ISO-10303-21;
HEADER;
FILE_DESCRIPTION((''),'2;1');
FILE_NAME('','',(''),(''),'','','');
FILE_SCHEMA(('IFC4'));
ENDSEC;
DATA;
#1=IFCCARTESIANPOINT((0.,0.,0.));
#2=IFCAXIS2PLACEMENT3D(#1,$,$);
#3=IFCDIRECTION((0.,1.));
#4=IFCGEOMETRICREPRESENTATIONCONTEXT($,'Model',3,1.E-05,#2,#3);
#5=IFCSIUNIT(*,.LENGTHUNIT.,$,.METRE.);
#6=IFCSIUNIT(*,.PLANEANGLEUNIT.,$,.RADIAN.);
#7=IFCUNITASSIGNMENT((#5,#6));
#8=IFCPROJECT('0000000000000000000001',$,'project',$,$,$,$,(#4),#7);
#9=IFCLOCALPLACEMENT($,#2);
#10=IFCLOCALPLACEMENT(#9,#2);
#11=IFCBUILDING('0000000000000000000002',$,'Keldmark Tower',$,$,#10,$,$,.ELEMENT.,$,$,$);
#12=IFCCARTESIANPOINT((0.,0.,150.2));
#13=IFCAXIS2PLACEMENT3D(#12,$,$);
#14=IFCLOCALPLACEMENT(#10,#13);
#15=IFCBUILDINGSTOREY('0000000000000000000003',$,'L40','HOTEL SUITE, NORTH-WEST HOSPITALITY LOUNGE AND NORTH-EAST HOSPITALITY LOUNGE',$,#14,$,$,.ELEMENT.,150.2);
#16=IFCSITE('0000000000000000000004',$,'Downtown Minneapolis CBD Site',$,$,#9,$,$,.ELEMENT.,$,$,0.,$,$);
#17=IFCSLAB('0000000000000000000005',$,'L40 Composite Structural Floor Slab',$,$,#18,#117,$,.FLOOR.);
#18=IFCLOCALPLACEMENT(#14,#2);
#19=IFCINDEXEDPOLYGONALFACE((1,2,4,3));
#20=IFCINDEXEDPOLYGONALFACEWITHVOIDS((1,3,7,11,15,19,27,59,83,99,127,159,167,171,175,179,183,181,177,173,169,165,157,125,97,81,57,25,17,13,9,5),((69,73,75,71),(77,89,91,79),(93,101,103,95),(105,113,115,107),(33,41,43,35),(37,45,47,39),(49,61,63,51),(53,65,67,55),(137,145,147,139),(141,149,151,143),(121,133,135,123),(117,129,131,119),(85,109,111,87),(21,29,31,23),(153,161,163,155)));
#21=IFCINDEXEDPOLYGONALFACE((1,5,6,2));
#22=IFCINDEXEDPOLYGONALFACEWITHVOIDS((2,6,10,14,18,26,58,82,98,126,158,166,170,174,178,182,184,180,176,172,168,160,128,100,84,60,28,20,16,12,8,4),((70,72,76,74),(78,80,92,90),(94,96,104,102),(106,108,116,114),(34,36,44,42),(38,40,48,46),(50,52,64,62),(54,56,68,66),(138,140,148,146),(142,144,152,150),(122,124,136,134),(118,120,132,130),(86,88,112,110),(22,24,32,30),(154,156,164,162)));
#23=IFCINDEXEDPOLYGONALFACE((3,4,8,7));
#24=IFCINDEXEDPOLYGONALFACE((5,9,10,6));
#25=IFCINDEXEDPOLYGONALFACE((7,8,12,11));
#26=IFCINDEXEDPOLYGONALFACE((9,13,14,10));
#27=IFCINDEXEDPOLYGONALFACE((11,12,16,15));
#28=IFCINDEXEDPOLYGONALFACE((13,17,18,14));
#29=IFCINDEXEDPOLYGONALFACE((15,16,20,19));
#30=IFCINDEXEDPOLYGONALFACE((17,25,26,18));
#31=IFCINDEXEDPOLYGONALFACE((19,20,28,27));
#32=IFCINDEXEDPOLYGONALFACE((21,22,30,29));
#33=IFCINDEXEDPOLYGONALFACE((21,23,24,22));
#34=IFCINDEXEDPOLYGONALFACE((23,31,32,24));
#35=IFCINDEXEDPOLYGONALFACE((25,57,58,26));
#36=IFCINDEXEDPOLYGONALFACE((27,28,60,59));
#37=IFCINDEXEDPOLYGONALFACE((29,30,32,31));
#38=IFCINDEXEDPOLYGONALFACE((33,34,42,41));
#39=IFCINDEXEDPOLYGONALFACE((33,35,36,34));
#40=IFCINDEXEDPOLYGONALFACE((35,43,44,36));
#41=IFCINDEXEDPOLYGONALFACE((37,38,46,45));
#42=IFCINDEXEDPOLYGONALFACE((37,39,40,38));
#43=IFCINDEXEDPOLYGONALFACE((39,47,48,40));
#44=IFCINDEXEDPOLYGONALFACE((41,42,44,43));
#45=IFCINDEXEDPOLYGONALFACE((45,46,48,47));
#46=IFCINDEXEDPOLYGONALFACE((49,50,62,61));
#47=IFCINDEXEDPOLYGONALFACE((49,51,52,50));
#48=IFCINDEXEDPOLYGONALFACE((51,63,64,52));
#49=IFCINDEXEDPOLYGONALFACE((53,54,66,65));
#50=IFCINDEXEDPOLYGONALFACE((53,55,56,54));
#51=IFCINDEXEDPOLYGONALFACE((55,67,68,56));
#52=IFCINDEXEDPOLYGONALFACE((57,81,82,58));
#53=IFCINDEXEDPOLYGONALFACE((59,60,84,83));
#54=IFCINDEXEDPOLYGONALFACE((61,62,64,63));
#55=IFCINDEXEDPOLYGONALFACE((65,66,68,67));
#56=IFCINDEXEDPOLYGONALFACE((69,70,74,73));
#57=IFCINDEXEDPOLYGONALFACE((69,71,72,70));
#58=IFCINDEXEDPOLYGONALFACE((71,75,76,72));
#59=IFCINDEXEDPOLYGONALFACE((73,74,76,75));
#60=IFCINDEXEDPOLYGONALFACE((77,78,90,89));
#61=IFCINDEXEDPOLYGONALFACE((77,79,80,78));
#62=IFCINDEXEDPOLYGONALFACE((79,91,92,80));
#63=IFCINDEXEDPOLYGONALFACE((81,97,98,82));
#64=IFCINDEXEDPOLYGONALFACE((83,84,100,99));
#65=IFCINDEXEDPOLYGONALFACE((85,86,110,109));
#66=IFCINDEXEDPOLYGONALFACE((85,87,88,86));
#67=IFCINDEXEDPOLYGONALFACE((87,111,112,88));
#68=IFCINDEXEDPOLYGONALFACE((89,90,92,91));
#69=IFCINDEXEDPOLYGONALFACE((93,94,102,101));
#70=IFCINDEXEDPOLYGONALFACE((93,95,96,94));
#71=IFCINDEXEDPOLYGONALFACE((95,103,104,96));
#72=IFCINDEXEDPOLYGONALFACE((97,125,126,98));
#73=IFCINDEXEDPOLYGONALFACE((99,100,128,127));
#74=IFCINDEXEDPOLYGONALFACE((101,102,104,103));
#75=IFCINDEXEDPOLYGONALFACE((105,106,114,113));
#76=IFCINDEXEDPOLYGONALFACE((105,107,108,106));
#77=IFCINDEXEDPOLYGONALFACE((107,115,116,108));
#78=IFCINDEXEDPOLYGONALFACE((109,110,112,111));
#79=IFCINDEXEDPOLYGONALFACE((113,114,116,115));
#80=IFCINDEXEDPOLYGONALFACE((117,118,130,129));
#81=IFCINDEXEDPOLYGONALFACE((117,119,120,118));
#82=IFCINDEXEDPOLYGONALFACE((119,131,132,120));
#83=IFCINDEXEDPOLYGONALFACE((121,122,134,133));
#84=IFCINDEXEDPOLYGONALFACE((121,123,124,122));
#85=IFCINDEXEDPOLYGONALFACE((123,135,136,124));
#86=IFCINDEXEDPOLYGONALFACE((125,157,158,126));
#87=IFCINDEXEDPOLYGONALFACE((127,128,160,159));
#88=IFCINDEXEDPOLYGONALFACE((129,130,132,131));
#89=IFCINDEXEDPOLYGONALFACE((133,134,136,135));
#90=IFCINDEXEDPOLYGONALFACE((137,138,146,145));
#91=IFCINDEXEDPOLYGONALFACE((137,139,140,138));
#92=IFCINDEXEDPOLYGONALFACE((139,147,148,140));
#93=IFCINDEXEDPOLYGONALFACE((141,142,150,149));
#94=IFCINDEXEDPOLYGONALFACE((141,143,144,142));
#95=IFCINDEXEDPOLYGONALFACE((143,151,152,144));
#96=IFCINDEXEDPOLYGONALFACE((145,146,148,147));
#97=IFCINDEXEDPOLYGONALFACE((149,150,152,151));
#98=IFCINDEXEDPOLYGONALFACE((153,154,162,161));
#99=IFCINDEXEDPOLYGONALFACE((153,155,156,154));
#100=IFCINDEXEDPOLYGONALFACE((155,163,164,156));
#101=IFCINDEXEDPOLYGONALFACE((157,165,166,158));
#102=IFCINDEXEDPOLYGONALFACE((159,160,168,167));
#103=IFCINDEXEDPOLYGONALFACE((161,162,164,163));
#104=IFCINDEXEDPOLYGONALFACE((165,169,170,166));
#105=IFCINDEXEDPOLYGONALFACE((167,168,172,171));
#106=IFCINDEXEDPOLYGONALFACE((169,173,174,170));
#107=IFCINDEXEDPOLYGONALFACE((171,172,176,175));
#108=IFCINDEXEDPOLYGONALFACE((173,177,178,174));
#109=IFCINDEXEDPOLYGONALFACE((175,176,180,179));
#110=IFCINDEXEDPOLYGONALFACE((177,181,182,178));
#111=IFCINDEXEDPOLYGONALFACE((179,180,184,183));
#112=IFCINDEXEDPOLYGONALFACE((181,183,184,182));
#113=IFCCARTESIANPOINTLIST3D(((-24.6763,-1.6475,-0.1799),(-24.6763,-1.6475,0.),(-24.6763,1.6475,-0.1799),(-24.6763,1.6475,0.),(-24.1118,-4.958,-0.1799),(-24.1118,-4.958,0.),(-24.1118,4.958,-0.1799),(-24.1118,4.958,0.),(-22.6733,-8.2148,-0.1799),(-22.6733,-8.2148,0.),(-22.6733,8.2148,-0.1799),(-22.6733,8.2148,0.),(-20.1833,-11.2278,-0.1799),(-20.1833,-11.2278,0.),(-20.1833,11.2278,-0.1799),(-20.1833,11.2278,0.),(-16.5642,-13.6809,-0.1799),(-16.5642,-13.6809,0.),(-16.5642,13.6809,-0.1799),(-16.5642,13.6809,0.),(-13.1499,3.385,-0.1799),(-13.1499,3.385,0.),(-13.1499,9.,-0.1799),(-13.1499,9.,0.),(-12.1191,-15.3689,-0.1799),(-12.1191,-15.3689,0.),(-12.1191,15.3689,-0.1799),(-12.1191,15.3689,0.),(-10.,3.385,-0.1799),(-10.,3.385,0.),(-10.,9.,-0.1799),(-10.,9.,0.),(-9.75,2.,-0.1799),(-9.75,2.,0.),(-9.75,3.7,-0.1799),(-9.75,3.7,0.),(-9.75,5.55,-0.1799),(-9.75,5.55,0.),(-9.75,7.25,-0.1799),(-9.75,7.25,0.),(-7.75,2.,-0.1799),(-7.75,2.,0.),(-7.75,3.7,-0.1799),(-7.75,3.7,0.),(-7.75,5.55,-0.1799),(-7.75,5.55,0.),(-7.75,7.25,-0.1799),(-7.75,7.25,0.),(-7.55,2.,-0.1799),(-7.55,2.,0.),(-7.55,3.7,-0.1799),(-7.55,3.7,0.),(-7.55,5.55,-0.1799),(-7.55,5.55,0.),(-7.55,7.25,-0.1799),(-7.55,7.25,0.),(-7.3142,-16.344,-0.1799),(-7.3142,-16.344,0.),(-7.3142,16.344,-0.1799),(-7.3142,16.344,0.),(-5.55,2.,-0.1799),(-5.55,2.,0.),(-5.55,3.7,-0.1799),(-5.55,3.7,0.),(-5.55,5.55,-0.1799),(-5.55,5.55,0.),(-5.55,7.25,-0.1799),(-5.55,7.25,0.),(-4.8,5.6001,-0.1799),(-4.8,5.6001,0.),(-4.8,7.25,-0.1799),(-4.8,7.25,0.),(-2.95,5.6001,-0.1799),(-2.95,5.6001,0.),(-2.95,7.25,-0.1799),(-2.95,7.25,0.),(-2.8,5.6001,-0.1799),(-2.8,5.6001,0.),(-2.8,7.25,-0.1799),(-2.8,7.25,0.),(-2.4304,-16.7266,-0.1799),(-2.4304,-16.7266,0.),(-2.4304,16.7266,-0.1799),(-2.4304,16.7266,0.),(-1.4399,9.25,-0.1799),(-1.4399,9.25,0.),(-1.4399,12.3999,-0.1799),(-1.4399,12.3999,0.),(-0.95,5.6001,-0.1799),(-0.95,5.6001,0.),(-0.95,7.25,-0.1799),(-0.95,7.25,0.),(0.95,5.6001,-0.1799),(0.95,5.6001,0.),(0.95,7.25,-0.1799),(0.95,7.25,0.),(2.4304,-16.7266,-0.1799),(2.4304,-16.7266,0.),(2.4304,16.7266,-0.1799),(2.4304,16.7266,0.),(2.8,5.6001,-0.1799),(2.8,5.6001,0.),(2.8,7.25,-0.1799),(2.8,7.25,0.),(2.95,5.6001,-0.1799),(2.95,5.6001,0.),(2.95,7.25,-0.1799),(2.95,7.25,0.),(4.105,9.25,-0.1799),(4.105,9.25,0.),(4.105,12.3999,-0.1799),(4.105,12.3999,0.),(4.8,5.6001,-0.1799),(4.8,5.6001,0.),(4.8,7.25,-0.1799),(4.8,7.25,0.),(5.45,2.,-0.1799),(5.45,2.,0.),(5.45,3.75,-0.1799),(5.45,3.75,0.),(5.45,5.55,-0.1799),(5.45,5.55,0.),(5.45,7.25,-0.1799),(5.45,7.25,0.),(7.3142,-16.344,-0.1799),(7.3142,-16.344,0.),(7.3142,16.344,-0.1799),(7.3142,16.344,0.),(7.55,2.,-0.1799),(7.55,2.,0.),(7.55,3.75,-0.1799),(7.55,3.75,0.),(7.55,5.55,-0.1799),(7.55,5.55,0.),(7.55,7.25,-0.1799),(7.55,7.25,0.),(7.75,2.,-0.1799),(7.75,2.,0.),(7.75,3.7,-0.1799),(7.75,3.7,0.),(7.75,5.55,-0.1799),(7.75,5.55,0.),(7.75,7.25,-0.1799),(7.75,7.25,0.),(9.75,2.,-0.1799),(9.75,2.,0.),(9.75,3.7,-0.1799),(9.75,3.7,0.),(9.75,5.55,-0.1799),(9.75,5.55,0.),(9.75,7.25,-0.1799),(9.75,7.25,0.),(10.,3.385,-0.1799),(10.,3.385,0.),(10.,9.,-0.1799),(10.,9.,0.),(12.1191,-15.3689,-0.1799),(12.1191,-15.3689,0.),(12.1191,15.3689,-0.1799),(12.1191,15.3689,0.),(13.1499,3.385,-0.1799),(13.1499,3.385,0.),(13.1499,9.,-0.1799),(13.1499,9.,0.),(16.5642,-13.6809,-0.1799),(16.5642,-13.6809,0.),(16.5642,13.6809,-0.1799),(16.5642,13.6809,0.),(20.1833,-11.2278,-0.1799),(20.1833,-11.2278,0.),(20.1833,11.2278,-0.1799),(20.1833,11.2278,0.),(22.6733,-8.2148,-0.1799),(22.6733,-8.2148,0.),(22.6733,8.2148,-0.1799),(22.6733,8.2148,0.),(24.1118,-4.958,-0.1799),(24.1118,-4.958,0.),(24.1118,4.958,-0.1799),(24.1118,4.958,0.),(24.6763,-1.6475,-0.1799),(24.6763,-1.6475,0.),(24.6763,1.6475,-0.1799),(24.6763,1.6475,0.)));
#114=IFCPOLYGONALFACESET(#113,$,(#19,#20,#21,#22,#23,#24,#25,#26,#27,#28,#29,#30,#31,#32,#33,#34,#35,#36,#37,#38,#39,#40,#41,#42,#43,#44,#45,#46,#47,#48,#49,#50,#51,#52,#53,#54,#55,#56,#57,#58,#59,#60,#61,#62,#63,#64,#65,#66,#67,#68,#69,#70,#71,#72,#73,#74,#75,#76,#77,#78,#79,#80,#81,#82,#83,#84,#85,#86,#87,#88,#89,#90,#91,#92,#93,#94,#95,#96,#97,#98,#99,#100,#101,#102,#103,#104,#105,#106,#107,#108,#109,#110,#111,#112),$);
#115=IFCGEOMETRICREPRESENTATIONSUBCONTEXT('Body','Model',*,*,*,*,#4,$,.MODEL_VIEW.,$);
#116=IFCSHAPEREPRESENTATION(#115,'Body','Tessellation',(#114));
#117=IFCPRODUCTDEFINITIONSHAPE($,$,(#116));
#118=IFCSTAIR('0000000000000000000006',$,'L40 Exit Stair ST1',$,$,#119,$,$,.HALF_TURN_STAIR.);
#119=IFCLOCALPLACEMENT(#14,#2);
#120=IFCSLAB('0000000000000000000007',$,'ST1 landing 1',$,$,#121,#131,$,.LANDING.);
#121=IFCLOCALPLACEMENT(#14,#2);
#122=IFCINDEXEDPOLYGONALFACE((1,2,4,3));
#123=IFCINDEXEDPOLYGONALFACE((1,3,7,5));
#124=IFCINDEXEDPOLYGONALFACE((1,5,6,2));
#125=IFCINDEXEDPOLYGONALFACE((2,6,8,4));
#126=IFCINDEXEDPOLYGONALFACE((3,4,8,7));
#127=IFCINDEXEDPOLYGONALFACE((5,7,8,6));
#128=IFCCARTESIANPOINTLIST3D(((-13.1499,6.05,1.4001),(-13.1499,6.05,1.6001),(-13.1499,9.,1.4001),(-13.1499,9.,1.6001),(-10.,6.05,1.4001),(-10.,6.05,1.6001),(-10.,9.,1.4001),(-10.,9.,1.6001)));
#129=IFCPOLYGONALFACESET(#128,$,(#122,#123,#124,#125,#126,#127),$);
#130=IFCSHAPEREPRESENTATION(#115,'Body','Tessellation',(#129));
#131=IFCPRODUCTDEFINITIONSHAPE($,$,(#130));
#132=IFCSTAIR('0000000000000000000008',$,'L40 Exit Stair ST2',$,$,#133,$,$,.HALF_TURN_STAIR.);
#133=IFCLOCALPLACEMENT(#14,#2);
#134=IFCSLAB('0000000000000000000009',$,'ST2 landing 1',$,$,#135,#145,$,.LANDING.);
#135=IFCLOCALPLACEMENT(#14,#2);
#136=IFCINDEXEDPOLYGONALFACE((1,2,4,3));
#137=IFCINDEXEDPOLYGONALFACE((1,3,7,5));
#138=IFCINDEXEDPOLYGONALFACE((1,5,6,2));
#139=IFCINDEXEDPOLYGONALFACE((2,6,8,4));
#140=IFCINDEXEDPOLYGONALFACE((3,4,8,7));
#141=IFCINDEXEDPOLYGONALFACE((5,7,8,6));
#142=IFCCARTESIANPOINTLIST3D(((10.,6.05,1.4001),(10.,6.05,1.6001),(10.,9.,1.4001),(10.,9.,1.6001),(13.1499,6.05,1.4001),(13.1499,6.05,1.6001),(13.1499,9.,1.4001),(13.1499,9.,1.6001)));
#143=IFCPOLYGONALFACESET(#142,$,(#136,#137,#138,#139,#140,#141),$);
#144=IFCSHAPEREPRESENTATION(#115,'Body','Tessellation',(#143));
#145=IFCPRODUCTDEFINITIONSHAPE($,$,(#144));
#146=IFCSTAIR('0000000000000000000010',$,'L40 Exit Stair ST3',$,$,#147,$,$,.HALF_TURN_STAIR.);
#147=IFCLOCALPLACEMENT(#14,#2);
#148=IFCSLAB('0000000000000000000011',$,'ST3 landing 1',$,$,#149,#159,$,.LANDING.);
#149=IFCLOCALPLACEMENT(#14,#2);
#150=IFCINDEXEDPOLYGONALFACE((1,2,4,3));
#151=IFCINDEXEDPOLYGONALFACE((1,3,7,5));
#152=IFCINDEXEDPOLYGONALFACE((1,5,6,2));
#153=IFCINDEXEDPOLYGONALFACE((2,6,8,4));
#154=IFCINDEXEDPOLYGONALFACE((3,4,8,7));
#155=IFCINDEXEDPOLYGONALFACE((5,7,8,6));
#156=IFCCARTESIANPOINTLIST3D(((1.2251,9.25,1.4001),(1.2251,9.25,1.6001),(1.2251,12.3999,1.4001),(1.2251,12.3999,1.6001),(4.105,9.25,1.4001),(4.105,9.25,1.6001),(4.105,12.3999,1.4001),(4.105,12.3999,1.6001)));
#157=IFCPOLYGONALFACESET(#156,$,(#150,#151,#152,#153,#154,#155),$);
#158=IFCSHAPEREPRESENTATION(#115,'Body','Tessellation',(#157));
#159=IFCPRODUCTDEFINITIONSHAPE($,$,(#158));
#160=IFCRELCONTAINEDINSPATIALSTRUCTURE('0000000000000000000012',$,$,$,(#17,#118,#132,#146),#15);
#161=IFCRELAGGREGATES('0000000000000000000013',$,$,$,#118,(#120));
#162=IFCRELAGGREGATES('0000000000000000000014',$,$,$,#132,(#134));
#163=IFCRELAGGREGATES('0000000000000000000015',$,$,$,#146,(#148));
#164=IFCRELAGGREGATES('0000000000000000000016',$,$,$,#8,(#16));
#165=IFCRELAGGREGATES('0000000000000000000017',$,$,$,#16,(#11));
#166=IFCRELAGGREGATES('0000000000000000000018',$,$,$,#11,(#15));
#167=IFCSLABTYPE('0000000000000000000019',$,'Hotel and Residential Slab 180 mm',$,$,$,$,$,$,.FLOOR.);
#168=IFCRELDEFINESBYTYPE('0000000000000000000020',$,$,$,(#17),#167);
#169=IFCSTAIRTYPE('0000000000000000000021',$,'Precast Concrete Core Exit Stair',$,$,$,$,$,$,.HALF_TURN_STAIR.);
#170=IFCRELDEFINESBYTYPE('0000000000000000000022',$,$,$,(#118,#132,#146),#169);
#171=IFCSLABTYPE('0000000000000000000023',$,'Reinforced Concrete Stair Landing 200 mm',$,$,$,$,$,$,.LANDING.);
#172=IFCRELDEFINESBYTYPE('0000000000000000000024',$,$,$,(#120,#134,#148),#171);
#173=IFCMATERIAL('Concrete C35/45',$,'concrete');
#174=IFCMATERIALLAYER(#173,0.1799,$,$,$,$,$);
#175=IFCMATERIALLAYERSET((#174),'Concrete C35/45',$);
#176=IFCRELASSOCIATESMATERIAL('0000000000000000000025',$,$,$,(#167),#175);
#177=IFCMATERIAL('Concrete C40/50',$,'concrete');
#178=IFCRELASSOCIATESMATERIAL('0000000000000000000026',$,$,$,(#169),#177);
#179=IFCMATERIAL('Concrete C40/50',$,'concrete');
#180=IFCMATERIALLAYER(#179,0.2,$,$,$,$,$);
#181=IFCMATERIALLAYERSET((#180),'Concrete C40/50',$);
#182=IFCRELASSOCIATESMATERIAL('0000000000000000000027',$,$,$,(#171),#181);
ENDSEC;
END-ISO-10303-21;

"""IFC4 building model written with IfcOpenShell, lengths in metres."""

from ifc_helpers import new_model, si_unit, direction, frame, origin, place, context, subcontext, project, spatial, polyline, outline, extrude, material, layer, layer_set, type_object, element, aggregate, save


model = new_model("IFC4")

# Units and contexts
model_context = context("Model", 3, precision=1e-05, world=origin(), true_north=direction((0.0, 1.0)))
body_context = subcontext(model_context, "Body", "Model", "MODEL_VIEW")
ifc_project = project(units=[si_unit("LENGTHUNIT", "METRE"), si_unit("PLANEANGLEUNIT", "RADIAN")], contexts=[model_context])

# Site, building, storey
site_placement = place(None, origin())
site = spatial("IfcSite", under=ifc_project, at=site_placement, Name="Downtown Minneapolis CBD Site", CompositionType="ELEMENT", RefElevation=0.0)
building_placement = place(site_placement, origin())
building = spatial("IfcBuilding", under=site, at=building_placement, Name="Keldmark Tower", CompositionType="ELEMENT")
storey_placement = place(building_placement, frame((0.0, 0.0, 150.2)))
storey = spatial("IfcBuildingStorey", under=building, at=storey_placement, Name="L40", Description="HOTEL SUITE, NORTH-WEST HOSPITALITY LOUNGE AND NORTH-EAST HOSPITALITY LOUNGE", CompositionType="ELEMENT", Elevation=150.2)

# Slab
ifc_material_1 = material(Name="Concrete C35/45", Category="concrete")
ifc_layer_1 = layer(ifc_material_1, 0.1799)
ifc_layer_set_1 = layer_set([ifc_layer_1], Name="Concrete C35/45")
slab_type_1 = type_object("IfcSlabType", Name="Hotel and Residential Slab 180 mm", PredefinedType="FLOOR", material=ifc_layer_set_1)
slab_1_placement = place(storey_placement, frame((0.0, 0.0, -0.1799)))
element("IfcSlab", 1, at=slab_1_placement, inside=storey, type_object=slab_type_1, Name="L40 Composite Structural Floor Slab", PredefinedType="FLOOR", context=body_context, shape_type="SweptSolid", body=[
    extrude(outline(polyline([(24.6763, 1.6475), (24.1118, 4.958), (22.6733, 8.2148), (20.1833, 11.2278), (16.5642, 13.6809), (12.1191, 15.3689), (7.3142, 16.344), (2.4304, 16.7266), (-2.4304, 16.7266), (-7.3142, 16.344), (-12.1191, 15.3689), (-16.5642, 13.6809), (-20.1833, 11.2278), (-22.6733, 8.2148), (-24.1118, 4.958), (-24.6763, 1.6475), (-24.6763, -1.6475), (-24.1118, -4.958), (-22.6733, -8.2148), (-20.1833, -11.2278), (-16.5642, -13.6809), (-12.1191, -15.3689), (-7.3142, -16.344), (-2.4304, -16.7266), (2.4304, -16.7266), (7.3142, -16.344), (12.1191, -15.3689), (16.5642, -13.6809), (20.1833, -11.2278), (22.6733, -8.2148), (24.1118, -4.958), (24.6763, -1.6475), (24.6763, 1.6475)]), holes=[polyline([(-10.0, 3.385), (-10.0, 9.0), (-13.1499, 9.0), (-13.1499, 3.385), (-10.0, 3.385)]), polyline([(13.1499, 3.385), (13.1499, 9.0), (10.0, 9.0), (10.0, 3.385), (13.1499, 3.385)]), polyline([(-1.4399, 9.25), (4.105, 9.25), (4.105, 12.3999), (-1.4399, 12.3999), (-1.4399, 9.25)]), polyline([(-9.75, 2.0), (-7.75, 2.0), (-7.75, 3.7), (-9.75, 3.7), (-9.75, 2.0)]), polyline([(7.75, 2.0), (9.75, 2.0), (9.75, 3.7), (7.75, 3.7), (7.75, 2.0)]), polyline([(5.45, 2.0), (7.55, 2.0), (7.55, 3.75), (5.45, 3.75), (5.45, 2.0)]), polyline([(-4.8, 5.6001), (-2.95, 5.6001), (-2.95, 7.25), (-4.8, 7.25), (-4.8, 5.6001)]), polyline([(-2.8, 5.6001), (-0.95, 5.6001), (-0.95, 7.25), (-2.8, 7.25), (-2.8, 5.6001)]), polyline([(0.95, 5.6001), (2.8, 5.6001), (2.8, 7.25), (0.95, 7.25), (0.95, 5.6001)]), polyline([(2.95, 5.6001), (4.8, 5.6001), (4.8, 7.25), (2.95, 7.25), (2.95, 5.6001)]), polyline([(-9.75, 5.55), (-7.75, 5.55), (-7.75, 7.25), (-9.75, 7.25), (-9.75, 5.55)]), polyline([(-7.55, 5.55), (-5.55, 5.55), (-5.55, 7.25), (-7.55, 7.25), (-7.55, 5.55)]), polyline([(-7.55, 2.0), (-5.55, 2.0), (-5.55, 3.7), (-7.55, 3.7), (-7.55, 2.0)]), polyline([(5.45, 5.55), (7.55, 5.55), (7.55, 7.25), (5.45, 7.25), (5.45, 5.55)]), polyline([(7.75, 5.55), (9.75, 5.55), (9.75, 7.25), (7.75, 7.25), (7.75, 5.55)])]), origin(), (0.0, 0.0, 1.0), 0.1799),
])

# Stairs, slabs
ifc_material_2 = material(Name="Concrete C40/50", Category="concrete")
stair_type = type_object("IfcStairType", Name="Precast Concrete Core Exit Stair", PredefinedType="HALF_TURN_STAIR", material=ifc_material_2)
stair_1_placement = place(storey_placement, origin())
stair_1 = element("IfcStair", 2, at=stair_1_placement, inside=storey, type_object=stair_type, Name="L40 Exit Stair ST1", PredefinedType="HALF_TURN_STAIR")
ifc_material_3 = material(Name="Concrete C40/50", Category="concrete")
ifc_layer_2 = layer(ifc_material_3, 0.2)
ifc_layer_set_2 = layer_set([ifc_layer_2], Name="Concrete C40/50")
slab_type_2 = type_object("IfcSlabType", Name="Reinforced Concrete Stair Landing 200 mm", PredefinedType="LANDING", material=ifc_layer_set_2)
slab_2_placement = place(storey_placement, frame((0.0, 0.0, 1.4001)))
slab_2 = element("IfcSlab", 3, at=slab_2_placement, type_object=slab_type_2, Name="ST1 landing 1", PredefinedType="LANDING", context=body_context, shape_type="SweptSolid", body=[
    extrude(outline(polyline([(-10.0, 6.05), (-10.0, 9.0), (-13.1499, 9.0), (-13.1499, 6.05), (-10.0, 6.05)])), origin(), (0.0, 0.0, 1.0), 0.2),
])
aggregate(stair_1, [slab_2])
stair_2_placement = place(storey_placement, origin())
stair_2 = element("IfcStair", 4, at=stair_2_placement, inside=storey, type_object=stair_type, Name="L40 Exit Stair ST2", PredefinedType="HALF_TURN_STAIR")
slab_3_placement = place(storey_placement, frame((0.0, 0.0, 1.4001)))
slab_3 = element("IfcSlab", 5, at=slab_3_placement, type_object=slab_type_2, Name="ST2 landing 1", PredefinedType="LANDING", context=body_context, shape_type="SweptSolid", body=[
    extrude(outline(polyline([(13.1499, 6.05), (13.1499, 9.0), (10.0, 9.0), (10.0, 6.05), (13.1499, 6.05)])), origin(), (0.0, 0.0, 1.0), 0.2),
])
aggregate(stair_2, [slab_3])
stair_3_placement = place(storey_placement, origin())
stair_3 = element("IfcStair", 6, at=stair_3_placement, inside=storey, type_object=stair_type, Name="L40 Exit Stair ST3", PredefinedType="HALF_TURN_STAIR")
slab_4_placement = place(storey_placement, frame((0.0, 0.0, 1.4001)))
slab_4 = element("IfcSlab", 7, at=slab_4_placement, type_object=slab_type_2, Name="ST3 landing 1", PredefinedType="LANDING", context=body_context, shape_type="SweptSolid", body=[
    extrude(outline(polyline([(1.2251, 9.25), (4.105, 9.25), (4.105, 12.3999), (1.2251, 12.3999), (1.2251, 9.25)])), origin(), (0.0, 0.0, 1.0), 0.2),
])
aggregate(stair_3, [slab_4])

save(model, "model.ifc")
